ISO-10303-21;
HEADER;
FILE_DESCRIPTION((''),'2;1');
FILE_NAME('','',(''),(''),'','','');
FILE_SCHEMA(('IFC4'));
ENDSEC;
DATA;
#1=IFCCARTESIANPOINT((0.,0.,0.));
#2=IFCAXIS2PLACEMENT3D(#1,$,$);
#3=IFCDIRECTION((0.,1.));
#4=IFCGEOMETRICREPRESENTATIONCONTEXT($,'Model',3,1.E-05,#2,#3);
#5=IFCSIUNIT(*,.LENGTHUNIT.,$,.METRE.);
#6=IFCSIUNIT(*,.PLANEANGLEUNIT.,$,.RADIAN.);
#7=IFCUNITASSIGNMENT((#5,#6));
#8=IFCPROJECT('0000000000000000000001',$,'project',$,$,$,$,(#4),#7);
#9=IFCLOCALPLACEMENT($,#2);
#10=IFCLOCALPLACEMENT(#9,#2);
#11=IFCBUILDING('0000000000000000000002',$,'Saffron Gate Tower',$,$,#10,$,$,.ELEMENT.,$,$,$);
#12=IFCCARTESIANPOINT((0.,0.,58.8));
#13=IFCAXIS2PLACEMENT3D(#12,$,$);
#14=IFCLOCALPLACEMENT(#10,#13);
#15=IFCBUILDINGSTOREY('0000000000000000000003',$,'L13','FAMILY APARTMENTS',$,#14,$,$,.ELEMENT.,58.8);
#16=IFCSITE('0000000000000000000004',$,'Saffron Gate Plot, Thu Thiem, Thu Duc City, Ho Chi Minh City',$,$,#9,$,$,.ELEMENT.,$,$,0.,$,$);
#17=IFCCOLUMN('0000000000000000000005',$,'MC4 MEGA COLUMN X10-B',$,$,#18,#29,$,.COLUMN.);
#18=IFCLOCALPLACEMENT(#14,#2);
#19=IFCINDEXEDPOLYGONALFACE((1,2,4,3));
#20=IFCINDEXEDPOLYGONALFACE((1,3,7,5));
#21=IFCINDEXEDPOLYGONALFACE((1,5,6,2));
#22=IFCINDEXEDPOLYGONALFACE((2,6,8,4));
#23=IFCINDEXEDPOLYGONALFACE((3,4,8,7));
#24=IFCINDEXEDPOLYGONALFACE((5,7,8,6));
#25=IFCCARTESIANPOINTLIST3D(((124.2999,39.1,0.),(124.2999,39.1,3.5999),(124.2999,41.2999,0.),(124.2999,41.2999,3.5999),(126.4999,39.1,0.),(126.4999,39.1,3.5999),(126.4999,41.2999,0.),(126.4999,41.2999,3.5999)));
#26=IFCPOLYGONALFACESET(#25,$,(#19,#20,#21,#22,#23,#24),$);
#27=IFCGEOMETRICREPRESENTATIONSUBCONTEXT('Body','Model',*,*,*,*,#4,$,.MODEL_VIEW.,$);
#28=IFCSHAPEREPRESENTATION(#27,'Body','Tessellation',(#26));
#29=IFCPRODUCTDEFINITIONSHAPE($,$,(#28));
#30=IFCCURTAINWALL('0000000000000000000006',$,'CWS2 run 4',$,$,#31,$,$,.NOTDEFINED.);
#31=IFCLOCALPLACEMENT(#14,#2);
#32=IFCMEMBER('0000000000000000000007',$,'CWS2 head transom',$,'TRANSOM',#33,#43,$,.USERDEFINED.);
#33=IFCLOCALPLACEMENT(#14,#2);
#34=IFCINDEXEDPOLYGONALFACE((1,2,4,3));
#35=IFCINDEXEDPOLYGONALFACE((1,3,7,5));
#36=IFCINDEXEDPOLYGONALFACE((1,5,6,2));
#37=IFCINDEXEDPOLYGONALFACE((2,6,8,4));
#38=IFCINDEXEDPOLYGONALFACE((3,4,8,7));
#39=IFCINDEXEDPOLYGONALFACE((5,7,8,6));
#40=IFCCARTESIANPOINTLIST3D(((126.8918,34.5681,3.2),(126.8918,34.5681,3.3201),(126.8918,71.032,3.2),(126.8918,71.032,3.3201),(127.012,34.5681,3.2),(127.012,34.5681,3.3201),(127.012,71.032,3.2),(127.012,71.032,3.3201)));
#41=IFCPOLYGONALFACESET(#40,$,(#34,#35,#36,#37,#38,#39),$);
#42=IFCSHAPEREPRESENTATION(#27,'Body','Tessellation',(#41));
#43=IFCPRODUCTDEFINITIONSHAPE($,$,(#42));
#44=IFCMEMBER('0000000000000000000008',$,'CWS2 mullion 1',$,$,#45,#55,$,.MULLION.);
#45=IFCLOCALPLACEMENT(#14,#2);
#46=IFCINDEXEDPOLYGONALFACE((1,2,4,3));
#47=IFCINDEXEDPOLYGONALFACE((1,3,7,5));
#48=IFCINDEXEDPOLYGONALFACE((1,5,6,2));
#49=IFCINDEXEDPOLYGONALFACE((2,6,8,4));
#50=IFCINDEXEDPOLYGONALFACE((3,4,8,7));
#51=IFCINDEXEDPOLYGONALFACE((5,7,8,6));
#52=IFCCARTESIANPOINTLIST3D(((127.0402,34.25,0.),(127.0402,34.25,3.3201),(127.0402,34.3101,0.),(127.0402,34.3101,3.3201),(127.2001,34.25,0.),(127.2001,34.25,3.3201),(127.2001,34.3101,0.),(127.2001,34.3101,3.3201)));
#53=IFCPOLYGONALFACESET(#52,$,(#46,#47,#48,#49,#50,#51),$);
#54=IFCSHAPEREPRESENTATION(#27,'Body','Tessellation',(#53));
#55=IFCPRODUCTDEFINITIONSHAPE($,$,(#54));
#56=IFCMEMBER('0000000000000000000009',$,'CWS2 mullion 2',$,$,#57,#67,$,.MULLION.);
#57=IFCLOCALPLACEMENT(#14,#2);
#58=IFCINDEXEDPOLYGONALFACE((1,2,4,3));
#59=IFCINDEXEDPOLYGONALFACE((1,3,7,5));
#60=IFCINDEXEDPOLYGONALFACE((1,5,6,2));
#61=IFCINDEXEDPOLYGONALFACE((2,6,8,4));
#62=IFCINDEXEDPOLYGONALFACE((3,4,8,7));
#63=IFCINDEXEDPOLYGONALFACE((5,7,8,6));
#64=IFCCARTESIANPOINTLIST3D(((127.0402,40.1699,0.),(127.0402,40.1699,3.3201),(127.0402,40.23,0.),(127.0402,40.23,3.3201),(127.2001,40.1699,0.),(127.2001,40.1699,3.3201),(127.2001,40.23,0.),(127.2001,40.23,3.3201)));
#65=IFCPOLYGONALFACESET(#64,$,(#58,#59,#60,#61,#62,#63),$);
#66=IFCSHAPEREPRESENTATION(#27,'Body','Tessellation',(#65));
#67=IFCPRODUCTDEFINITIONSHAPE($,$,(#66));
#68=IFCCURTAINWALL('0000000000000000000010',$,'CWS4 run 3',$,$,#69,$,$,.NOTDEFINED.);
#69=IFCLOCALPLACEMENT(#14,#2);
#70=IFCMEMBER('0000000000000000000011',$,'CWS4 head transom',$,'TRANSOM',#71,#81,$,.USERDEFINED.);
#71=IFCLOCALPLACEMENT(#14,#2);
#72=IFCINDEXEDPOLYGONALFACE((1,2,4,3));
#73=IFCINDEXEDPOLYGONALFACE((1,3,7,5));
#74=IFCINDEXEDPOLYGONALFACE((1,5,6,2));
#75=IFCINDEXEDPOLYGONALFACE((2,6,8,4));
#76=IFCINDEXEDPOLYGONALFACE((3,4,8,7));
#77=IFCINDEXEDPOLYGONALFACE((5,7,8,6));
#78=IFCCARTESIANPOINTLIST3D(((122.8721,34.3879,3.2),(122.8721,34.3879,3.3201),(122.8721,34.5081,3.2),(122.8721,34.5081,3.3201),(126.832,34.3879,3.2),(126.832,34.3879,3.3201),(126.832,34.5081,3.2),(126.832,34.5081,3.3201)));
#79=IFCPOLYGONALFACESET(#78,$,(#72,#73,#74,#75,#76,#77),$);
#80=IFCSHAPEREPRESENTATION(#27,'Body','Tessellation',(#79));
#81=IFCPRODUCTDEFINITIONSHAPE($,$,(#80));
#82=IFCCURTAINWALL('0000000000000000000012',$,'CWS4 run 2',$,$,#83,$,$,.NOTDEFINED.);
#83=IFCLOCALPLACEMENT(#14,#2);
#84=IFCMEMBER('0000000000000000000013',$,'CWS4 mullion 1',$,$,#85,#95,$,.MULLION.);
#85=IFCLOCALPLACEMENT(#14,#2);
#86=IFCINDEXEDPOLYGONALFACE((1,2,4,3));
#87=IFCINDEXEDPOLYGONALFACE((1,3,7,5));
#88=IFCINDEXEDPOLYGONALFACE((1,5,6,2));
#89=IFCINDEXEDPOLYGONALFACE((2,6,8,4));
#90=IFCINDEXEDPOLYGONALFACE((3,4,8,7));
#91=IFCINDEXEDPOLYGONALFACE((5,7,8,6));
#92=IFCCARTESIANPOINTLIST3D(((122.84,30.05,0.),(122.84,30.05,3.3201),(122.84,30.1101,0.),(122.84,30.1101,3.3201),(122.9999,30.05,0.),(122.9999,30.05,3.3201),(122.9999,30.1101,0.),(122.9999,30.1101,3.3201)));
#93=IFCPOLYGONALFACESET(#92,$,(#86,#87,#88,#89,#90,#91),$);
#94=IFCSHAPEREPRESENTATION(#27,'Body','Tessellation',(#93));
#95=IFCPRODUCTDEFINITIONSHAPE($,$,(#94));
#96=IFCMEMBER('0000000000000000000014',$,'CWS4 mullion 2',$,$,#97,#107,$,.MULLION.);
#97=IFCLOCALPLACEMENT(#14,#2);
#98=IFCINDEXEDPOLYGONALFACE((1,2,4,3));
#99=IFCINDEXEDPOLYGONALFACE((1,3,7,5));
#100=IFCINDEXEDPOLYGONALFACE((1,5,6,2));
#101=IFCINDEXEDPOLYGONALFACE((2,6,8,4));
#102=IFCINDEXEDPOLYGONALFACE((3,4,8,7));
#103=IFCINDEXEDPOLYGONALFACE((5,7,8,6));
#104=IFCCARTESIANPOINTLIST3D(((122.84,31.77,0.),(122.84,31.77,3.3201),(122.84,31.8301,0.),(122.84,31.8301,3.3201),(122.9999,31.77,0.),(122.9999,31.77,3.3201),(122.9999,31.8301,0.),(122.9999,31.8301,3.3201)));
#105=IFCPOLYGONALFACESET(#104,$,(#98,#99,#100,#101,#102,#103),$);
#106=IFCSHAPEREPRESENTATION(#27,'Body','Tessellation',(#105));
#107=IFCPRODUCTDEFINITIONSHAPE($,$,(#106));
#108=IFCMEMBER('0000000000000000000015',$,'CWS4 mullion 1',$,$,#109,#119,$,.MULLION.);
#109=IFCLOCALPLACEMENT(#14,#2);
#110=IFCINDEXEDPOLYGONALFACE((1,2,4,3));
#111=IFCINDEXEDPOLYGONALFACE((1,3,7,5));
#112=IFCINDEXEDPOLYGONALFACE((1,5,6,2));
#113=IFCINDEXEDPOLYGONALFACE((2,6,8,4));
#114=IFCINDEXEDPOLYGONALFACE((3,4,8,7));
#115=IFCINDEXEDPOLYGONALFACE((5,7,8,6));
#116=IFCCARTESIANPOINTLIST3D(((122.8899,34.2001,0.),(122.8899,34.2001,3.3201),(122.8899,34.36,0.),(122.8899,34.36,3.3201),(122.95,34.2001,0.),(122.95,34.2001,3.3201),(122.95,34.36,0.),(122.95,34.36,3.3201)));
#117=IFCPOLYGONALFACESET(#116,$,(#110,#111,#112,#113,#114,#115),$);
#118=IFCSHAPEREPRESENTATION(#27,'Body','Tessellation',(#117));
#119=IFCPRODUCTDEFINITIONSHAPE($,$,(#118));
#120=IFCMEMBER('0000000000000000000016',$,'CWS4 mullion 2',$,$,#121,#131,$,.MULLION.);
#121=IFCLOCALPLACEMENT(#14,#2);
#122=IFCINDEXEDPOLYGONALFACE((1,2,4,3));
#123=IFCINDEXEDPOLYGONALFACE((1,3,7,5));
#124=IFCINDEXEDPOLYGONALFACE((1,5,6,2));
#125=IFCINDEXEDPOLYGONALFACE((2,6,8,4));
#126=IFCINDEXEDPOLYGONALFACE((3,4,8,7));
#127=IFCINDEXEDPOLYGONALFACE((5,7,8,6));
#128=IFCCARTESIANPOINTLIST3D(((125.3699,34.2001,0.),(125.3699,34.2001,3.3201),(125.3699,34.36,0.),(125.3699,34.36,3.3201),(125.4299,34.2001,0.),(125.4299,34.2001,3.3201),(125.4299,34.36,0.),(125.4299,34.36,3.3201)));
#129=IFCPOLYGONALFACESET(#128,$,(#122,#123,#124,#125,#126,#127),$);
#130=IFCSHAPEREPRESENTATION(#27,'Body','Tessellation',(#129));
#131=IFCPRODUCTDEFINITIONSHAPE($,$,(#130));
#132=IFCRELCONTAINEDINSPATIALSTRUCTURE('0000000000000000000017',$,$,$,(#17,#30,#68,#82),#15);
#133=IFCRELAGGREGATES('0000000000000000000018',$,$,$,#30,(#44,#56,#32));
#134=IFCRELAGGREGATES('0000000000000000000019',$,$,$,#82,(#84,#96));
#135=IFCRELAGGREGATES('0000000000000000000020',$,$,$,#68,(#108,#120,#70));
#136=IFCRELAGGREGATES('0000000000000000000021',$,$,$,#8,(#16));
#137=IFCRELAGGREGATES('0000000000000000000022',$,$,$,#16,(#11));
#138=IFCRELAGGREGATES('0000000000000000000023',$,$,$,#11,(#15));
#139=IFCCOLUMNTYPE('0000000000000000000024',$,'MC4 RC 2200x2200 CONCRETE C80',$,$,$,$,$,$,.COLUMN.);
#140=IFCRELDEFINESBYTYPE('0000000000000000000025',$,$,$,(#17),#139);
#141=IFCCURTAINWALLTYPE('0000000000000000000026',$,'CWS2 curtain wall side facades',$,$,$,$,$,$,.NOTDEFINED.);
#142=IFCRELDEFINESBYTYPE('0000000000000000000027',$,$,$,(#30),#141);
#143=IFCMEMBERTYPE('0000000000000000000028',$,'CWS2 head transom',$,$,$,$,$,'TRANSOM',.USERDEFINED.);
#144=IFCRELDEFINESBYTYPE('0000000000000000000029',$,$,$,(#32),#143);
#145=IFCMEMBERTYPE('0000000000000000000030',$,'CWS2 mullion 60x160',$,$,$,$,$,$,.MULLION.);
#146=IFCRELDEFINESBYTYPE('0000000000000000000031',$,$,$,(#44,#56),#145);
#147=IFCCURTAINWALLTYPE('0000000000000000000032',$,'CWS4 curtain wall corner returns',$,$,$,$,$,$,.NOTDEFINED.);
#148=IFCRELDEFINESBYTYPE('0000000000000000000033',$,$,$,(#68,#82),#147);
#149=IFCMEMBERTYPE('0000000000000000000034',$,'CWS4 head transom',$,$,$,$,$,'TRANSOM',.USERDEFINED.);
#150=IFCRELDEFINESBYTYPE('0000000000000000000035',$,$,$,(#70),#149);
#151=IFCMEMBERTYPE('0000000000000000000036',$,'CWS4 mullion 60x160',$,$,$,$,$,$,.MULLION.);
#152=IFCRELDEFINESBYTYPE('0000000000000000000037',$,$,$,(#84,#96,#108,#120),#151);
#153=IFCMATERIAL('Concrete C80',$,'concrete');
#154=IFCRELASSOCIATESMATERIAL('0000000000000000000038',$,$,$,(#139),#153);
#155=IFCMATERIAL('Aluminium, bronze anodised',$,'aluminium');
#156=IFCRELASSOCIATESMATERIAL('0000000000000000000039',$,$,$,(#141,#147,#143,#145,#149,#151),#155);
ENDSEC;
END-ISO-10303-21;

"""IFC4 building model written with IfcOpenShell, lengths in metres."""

from ifc_helpers import new_model, si_unit, direction, frame, origin, origin_2d, place, context, subcontext, project, spatial, rectangle, extrude, material, material_profile, profile_set, type_object, element, aggregate, save


model = new_model("IFC4")

# Units and contexts
model_context = context("Model", 3, precision=1e-05, world=origin(), true_north=direction((0.0, 1.0)))
body_context = subcontext(model_context, "Body", "Model", "MODEL_VIEW")
ifc_project = project(units=[si_unit("LENGTHUNIT", "METRE"), si_unit("PLANEANGLEUNIT", "RADIAN")], contexts=[model_context])

# Site, building, storey
site_placement = place(None, origin())
site = spatial("IfcSite", under=ifc_project, at=site_placement, Name="Saffron Gate Plot, Thu Thiem, Thu Duc City, Ho Chi Minh City", CompositionType="ELEMENT", RefElevation=0.0)
building_placement = place(site_placement, origin())
building = spatial("IfcBuilding", under=site, at=building_placement, Name="Saffron Gate Tower", CompositionType="ELEMENT")
storey_placement = place(building_placement, frame((0.0, 0.0, 58.8)))
storey = spatial("IfcBuildingStorey", under=building, at=storey_placement, Name="L13", Description="FAMILY APARTMENTS", CompositionType="ELEMENT", Elevation=58.8)

# Column
ifc_material_1 = material(Name="Concrete C80", Category="concrete")
ifc_material_profile_1 = material_profile(ifc_material_1, rectangle(XDim=2.2, YDim=2.2, at=origin_2d()))
ifc_profile_set_1 = profile_set([ifc_material_profile_1], Name="Concrete C80")
column_type = type_object("IfcColumnType", Name="MC4 RC 2200x2200 CONCRETE C80", PredefinedType="COLUMN", material=ifc_profile_set_1)
column_placement = place(storey_placement, frame((125.3999, 40.2, 0.0), z_axis=(0.0, 0.0, 1.0), x_axis=(1.0, 0.0, 0.0)))
element("IfcColumn", 1, at=column_placement, inside=storey, type_object=column_type, Name="MC4 MEGA COLUMN X10-B", PredefinedType="COLUMN", context=body_context, shape_type="SweptSolid", body=[
    extrude(rectangle(XDim=2.2, YDim=2.2, at=origin_2d()), origin(), (0.0, 0.0, 1.0), 3.5999),
])

# Curtain wall, members
ifc_material_2 = material(Name="Aluminium, bronze anodised", Category="aluminium")
curtain_wall_type_1 = type_object("IfcCurtainWallType", Name="CWS2 curtain wall side facades", PredefinedType="NOTDEFINED", material=ifc_material_2)
curtain_wall_1_placement = place(storey_placement, origin())
curtain_wall_1 = element("IfcCurtainWall", 2, at=curtain_wall_1_placement, inside=storey, type_object=curtain_wall_type_1, Name="CWS2 run 4", PredefinedType="NOTDEFINED")
ifc_material_profile_2 = material_profile(ifc_material_2, rectangle(XDim=0.1201, YDim=0.1201, at=origin_2d()))
ifc_profile_set_2 = profile_set([ifc_material_profile_2], Name="Aluminium, bronze anodised")
member_type_1 = type_object("IfcMemberType", Name="CWS2 head transom", ElementType="TRANSOM", PredefinedType="USERDEFINED", material=ifc_profile_set_2)
member_1_placement = place(storey_placement, frame((126.9519, 34.5681, 3.26), z_axis=(0.0, 1.0, 0.0), x_axis=(-1.0, 0.0, 0.0)))
member_1 = element("IfcMember", 3, at=member_1_placement, type_object=member_type_1, Name="CWS2 head transom", ObjectType="TRANSOM", PredefinedType="USERDEFINED", context=body_context, shape_type="SweptSolid", body=[
    extrude(rectangle(XDim=0.1201, YDim=0.1201, at=origin_2d()), origin(), (0.0, 0.0, 1.0), 36.4639),
])
ifc_material_profile_3 = material_profile(ifc_material_2, rectangle(XDim=0.1599, YDim=0.0601, at=origin_2d()))
ifc_profile_set_3 = profile_set([ifc_material_profile_3], Name="Aluminium, bronze anodised")
member_type_2 = type_object("IfcMemberType", Name="CWS2 mullion 60x160", PredefinedType="MULLION", material=ifc_profile_set_3)
member_2_placement = place(storey_placement, frame((127.1201, 34.28, 0.0), z_axis=(0.0, 0.0, 1.0), x_axis=(-1.0, 0.0, 0.0)))
member_2 = element("IfcMember", 4, at=member_2_placement, type_object=member_type_2, Name="CWS2 mullion 1", PredefinedType="MULLION", context=body_context, shape_type="SweptSolid", body=[
    extrude(rectangle(XDim=0.1599, YDim=0.0601, at=origin_2d()), origin(), (0.0, 0.0, 1.0), 3.3201),
])
member_3_placement = place(storey_placement, frame((127.1201, 40.2, 0.0), z_axis=(0.0, 0.0, 1.0), x_axis=(-1.0, 0.0, 0.0)))
member_3 = element("IfcMember", 5, at=member_3_placement, type_object=member_type_2, Name="CWS2 mullion 2", PredefinedType="MULLION", context=body_context, shape_type="SweptSolid", body=[
    extrude(rectangle(XDim=0.1599, YDim=0.0601, at=origin_2d()), origin(), (0.0, 0.0, 1.0), 3.3201),
])

# Curtain wall, member
curtain_wall_type_2 = type_object("IfcCurtainWallType", Name="CWS4 curtain wall corner returns", PredefinedType="NOTDEFINED", material=ifc_material_2)
curtain_wall_2_placement = place(storey_placement, origin())
curtain_wall_2 = element("IfcCurtainWall", 6, at=curtain_wall_2_placement, inside=storey, type_object=curtain_wall_type_2, Name="CWS4 run 3", PredefinedType="NOTDEFINED")
ifc_material_profile_4 = material_profile(ifc_material_2, rectangle(XDim=0.1201, YDim=0.1201, at=origin_2d()))
ifc_profile_set_4 = profile_set([ifc_material_profile_4], Name="Aluminium, bronze anodised")
member_type_3 = type_object("IfcMemberType", Name="CWS4 head transom", ElementType="TRANSOM", PredefinedType="USERDEFINED", material=ifc_profile_set_4)
member_4_placement = place(storey_placement, frame((122.8721, 34.448, 3.26), z_axis=(1.0, 0.0, 0.0), x_axis=(0.0, 1.0, 0.0)))
member_4 = element("IfcMember", 7, at=member_4_placement, type_object=member_type_3, Name="CWS4 head transom", ObjectType="TRANSOM", PredefinedType="USERDEFINED", context=body_context, shape_type="SweptSolid", body=[
    extrude(rectangle(XDim=0.1201, YDim=0.1201, at=origin_2d()), origin(), (0.0, 0.0, 1.0), 3.96),
])

# Curtain wall, members
curtain_wall_3_placement = place(storey_placement, origin())
curtain_wall_3 = element("IfcCurtainWall", 8, at=curtain_wall_3_placement, inside=storey, type_object=curtain_wall_type_2, Name="CWS4 run 2", PredefinedType="NOTDEFINED")
ifc_material_profile_5 = material_profile(ifc_material_2, rectangle(XDim=0.1599, YDim=0.0601, at=origin_2d()))
ifc_profile_set_5 = profile_set([ifc_material_profile_5], Name="Aluminium, bronze anodised")
member_type_4 = type_object("IfcMemberType", Name="CWS4 mullion 60x160", PredefinedType="MULLION", material=ifc_profile_set_5)
member_5_placement = place(storey_placement, frame((122.9199, 30.0801, 0.0), z_axis=(0.0, 0.0, 1.0), x_axis=(-1.0, 0.0, 0.0)))
member_5 = element("IfcMember", 9, at=member_5_placement, type_object=member_type_4, Name="CWS4 mullion 1", PredefinedType="MULLION", context=body_context, shape_type="SweptSolid", body=[
    extrude(rectangle(XDim=0.1599, YDim=0.0601, at=origin_2d()), origin(), (0.0, 0.0, 1.0), 3.3201),
])
member_6_placement = place(storey_placement, frame((122.9199, 31.8, 0.0), z_axis=(0.0, 0.0, 1.0), x_axis=(-1.0, 0.0, 0.0)))
member_6 = element("IfcMember", 10, at=member_6_placement, type_object=member_type_4, Name="CWS4 mullion 2", PredefinedType="MULLION", context=body_context, shape_type="SweptSolid", body=[
    extrude(rectangle(XDim=0.1599, YDim=0.0601, at=origin_2d()), origin(), (0.0, 0.0, 1.0), 3.3201),
])

# Members
member_7_placement = place(storey_placement, frame((122.9199, 34.28, 0.0), z_axis=(0.0, 0.0, 1.0), x_axis=(0.0, 1.0, 0.0)))
member_7 = element("IfcMember", 11, at=member_7_placement, type_object=member_type_4, Name="CWS4 mullion 1", PredefinedType="MULLION", context=body_context, shape_type="SweptSolid", body=[
    extrude(rectangle(XDim=0.1599, YDim=0.0601, at=origin_2d()), origin(), (0.0, 0.0, 1.0), 3.3201),
])
member_8_placement = place(storey_placement, frame((125.3999, 34.28, 0.0), z_axis=(0.0, 0.0, 1.0), x_axis=(0.0, 1.0, 0.0)))
member_8 = element("IfcMember", 12, at=member_8_placement, type_object=member_type_4, Name="CWS4 mullion 2", PredefinedType="MULLION", context=body_context, shape_type="SweptSolid", body=[
    extrude(rectangle(XDim=0.1599, YDim=0.0601, at=origin_2d()), origin(), (0.0, 0.0, 1.0), 3.3201),
])

aggregate(curtain_wall_1, [member_2, member_3, member_1])

aggregate(curtain_wall_3, [member_5, member_6])
aggregate(curtain_wall_2, [member_7, member_8, member_4])

save(model, "model.ifc")
